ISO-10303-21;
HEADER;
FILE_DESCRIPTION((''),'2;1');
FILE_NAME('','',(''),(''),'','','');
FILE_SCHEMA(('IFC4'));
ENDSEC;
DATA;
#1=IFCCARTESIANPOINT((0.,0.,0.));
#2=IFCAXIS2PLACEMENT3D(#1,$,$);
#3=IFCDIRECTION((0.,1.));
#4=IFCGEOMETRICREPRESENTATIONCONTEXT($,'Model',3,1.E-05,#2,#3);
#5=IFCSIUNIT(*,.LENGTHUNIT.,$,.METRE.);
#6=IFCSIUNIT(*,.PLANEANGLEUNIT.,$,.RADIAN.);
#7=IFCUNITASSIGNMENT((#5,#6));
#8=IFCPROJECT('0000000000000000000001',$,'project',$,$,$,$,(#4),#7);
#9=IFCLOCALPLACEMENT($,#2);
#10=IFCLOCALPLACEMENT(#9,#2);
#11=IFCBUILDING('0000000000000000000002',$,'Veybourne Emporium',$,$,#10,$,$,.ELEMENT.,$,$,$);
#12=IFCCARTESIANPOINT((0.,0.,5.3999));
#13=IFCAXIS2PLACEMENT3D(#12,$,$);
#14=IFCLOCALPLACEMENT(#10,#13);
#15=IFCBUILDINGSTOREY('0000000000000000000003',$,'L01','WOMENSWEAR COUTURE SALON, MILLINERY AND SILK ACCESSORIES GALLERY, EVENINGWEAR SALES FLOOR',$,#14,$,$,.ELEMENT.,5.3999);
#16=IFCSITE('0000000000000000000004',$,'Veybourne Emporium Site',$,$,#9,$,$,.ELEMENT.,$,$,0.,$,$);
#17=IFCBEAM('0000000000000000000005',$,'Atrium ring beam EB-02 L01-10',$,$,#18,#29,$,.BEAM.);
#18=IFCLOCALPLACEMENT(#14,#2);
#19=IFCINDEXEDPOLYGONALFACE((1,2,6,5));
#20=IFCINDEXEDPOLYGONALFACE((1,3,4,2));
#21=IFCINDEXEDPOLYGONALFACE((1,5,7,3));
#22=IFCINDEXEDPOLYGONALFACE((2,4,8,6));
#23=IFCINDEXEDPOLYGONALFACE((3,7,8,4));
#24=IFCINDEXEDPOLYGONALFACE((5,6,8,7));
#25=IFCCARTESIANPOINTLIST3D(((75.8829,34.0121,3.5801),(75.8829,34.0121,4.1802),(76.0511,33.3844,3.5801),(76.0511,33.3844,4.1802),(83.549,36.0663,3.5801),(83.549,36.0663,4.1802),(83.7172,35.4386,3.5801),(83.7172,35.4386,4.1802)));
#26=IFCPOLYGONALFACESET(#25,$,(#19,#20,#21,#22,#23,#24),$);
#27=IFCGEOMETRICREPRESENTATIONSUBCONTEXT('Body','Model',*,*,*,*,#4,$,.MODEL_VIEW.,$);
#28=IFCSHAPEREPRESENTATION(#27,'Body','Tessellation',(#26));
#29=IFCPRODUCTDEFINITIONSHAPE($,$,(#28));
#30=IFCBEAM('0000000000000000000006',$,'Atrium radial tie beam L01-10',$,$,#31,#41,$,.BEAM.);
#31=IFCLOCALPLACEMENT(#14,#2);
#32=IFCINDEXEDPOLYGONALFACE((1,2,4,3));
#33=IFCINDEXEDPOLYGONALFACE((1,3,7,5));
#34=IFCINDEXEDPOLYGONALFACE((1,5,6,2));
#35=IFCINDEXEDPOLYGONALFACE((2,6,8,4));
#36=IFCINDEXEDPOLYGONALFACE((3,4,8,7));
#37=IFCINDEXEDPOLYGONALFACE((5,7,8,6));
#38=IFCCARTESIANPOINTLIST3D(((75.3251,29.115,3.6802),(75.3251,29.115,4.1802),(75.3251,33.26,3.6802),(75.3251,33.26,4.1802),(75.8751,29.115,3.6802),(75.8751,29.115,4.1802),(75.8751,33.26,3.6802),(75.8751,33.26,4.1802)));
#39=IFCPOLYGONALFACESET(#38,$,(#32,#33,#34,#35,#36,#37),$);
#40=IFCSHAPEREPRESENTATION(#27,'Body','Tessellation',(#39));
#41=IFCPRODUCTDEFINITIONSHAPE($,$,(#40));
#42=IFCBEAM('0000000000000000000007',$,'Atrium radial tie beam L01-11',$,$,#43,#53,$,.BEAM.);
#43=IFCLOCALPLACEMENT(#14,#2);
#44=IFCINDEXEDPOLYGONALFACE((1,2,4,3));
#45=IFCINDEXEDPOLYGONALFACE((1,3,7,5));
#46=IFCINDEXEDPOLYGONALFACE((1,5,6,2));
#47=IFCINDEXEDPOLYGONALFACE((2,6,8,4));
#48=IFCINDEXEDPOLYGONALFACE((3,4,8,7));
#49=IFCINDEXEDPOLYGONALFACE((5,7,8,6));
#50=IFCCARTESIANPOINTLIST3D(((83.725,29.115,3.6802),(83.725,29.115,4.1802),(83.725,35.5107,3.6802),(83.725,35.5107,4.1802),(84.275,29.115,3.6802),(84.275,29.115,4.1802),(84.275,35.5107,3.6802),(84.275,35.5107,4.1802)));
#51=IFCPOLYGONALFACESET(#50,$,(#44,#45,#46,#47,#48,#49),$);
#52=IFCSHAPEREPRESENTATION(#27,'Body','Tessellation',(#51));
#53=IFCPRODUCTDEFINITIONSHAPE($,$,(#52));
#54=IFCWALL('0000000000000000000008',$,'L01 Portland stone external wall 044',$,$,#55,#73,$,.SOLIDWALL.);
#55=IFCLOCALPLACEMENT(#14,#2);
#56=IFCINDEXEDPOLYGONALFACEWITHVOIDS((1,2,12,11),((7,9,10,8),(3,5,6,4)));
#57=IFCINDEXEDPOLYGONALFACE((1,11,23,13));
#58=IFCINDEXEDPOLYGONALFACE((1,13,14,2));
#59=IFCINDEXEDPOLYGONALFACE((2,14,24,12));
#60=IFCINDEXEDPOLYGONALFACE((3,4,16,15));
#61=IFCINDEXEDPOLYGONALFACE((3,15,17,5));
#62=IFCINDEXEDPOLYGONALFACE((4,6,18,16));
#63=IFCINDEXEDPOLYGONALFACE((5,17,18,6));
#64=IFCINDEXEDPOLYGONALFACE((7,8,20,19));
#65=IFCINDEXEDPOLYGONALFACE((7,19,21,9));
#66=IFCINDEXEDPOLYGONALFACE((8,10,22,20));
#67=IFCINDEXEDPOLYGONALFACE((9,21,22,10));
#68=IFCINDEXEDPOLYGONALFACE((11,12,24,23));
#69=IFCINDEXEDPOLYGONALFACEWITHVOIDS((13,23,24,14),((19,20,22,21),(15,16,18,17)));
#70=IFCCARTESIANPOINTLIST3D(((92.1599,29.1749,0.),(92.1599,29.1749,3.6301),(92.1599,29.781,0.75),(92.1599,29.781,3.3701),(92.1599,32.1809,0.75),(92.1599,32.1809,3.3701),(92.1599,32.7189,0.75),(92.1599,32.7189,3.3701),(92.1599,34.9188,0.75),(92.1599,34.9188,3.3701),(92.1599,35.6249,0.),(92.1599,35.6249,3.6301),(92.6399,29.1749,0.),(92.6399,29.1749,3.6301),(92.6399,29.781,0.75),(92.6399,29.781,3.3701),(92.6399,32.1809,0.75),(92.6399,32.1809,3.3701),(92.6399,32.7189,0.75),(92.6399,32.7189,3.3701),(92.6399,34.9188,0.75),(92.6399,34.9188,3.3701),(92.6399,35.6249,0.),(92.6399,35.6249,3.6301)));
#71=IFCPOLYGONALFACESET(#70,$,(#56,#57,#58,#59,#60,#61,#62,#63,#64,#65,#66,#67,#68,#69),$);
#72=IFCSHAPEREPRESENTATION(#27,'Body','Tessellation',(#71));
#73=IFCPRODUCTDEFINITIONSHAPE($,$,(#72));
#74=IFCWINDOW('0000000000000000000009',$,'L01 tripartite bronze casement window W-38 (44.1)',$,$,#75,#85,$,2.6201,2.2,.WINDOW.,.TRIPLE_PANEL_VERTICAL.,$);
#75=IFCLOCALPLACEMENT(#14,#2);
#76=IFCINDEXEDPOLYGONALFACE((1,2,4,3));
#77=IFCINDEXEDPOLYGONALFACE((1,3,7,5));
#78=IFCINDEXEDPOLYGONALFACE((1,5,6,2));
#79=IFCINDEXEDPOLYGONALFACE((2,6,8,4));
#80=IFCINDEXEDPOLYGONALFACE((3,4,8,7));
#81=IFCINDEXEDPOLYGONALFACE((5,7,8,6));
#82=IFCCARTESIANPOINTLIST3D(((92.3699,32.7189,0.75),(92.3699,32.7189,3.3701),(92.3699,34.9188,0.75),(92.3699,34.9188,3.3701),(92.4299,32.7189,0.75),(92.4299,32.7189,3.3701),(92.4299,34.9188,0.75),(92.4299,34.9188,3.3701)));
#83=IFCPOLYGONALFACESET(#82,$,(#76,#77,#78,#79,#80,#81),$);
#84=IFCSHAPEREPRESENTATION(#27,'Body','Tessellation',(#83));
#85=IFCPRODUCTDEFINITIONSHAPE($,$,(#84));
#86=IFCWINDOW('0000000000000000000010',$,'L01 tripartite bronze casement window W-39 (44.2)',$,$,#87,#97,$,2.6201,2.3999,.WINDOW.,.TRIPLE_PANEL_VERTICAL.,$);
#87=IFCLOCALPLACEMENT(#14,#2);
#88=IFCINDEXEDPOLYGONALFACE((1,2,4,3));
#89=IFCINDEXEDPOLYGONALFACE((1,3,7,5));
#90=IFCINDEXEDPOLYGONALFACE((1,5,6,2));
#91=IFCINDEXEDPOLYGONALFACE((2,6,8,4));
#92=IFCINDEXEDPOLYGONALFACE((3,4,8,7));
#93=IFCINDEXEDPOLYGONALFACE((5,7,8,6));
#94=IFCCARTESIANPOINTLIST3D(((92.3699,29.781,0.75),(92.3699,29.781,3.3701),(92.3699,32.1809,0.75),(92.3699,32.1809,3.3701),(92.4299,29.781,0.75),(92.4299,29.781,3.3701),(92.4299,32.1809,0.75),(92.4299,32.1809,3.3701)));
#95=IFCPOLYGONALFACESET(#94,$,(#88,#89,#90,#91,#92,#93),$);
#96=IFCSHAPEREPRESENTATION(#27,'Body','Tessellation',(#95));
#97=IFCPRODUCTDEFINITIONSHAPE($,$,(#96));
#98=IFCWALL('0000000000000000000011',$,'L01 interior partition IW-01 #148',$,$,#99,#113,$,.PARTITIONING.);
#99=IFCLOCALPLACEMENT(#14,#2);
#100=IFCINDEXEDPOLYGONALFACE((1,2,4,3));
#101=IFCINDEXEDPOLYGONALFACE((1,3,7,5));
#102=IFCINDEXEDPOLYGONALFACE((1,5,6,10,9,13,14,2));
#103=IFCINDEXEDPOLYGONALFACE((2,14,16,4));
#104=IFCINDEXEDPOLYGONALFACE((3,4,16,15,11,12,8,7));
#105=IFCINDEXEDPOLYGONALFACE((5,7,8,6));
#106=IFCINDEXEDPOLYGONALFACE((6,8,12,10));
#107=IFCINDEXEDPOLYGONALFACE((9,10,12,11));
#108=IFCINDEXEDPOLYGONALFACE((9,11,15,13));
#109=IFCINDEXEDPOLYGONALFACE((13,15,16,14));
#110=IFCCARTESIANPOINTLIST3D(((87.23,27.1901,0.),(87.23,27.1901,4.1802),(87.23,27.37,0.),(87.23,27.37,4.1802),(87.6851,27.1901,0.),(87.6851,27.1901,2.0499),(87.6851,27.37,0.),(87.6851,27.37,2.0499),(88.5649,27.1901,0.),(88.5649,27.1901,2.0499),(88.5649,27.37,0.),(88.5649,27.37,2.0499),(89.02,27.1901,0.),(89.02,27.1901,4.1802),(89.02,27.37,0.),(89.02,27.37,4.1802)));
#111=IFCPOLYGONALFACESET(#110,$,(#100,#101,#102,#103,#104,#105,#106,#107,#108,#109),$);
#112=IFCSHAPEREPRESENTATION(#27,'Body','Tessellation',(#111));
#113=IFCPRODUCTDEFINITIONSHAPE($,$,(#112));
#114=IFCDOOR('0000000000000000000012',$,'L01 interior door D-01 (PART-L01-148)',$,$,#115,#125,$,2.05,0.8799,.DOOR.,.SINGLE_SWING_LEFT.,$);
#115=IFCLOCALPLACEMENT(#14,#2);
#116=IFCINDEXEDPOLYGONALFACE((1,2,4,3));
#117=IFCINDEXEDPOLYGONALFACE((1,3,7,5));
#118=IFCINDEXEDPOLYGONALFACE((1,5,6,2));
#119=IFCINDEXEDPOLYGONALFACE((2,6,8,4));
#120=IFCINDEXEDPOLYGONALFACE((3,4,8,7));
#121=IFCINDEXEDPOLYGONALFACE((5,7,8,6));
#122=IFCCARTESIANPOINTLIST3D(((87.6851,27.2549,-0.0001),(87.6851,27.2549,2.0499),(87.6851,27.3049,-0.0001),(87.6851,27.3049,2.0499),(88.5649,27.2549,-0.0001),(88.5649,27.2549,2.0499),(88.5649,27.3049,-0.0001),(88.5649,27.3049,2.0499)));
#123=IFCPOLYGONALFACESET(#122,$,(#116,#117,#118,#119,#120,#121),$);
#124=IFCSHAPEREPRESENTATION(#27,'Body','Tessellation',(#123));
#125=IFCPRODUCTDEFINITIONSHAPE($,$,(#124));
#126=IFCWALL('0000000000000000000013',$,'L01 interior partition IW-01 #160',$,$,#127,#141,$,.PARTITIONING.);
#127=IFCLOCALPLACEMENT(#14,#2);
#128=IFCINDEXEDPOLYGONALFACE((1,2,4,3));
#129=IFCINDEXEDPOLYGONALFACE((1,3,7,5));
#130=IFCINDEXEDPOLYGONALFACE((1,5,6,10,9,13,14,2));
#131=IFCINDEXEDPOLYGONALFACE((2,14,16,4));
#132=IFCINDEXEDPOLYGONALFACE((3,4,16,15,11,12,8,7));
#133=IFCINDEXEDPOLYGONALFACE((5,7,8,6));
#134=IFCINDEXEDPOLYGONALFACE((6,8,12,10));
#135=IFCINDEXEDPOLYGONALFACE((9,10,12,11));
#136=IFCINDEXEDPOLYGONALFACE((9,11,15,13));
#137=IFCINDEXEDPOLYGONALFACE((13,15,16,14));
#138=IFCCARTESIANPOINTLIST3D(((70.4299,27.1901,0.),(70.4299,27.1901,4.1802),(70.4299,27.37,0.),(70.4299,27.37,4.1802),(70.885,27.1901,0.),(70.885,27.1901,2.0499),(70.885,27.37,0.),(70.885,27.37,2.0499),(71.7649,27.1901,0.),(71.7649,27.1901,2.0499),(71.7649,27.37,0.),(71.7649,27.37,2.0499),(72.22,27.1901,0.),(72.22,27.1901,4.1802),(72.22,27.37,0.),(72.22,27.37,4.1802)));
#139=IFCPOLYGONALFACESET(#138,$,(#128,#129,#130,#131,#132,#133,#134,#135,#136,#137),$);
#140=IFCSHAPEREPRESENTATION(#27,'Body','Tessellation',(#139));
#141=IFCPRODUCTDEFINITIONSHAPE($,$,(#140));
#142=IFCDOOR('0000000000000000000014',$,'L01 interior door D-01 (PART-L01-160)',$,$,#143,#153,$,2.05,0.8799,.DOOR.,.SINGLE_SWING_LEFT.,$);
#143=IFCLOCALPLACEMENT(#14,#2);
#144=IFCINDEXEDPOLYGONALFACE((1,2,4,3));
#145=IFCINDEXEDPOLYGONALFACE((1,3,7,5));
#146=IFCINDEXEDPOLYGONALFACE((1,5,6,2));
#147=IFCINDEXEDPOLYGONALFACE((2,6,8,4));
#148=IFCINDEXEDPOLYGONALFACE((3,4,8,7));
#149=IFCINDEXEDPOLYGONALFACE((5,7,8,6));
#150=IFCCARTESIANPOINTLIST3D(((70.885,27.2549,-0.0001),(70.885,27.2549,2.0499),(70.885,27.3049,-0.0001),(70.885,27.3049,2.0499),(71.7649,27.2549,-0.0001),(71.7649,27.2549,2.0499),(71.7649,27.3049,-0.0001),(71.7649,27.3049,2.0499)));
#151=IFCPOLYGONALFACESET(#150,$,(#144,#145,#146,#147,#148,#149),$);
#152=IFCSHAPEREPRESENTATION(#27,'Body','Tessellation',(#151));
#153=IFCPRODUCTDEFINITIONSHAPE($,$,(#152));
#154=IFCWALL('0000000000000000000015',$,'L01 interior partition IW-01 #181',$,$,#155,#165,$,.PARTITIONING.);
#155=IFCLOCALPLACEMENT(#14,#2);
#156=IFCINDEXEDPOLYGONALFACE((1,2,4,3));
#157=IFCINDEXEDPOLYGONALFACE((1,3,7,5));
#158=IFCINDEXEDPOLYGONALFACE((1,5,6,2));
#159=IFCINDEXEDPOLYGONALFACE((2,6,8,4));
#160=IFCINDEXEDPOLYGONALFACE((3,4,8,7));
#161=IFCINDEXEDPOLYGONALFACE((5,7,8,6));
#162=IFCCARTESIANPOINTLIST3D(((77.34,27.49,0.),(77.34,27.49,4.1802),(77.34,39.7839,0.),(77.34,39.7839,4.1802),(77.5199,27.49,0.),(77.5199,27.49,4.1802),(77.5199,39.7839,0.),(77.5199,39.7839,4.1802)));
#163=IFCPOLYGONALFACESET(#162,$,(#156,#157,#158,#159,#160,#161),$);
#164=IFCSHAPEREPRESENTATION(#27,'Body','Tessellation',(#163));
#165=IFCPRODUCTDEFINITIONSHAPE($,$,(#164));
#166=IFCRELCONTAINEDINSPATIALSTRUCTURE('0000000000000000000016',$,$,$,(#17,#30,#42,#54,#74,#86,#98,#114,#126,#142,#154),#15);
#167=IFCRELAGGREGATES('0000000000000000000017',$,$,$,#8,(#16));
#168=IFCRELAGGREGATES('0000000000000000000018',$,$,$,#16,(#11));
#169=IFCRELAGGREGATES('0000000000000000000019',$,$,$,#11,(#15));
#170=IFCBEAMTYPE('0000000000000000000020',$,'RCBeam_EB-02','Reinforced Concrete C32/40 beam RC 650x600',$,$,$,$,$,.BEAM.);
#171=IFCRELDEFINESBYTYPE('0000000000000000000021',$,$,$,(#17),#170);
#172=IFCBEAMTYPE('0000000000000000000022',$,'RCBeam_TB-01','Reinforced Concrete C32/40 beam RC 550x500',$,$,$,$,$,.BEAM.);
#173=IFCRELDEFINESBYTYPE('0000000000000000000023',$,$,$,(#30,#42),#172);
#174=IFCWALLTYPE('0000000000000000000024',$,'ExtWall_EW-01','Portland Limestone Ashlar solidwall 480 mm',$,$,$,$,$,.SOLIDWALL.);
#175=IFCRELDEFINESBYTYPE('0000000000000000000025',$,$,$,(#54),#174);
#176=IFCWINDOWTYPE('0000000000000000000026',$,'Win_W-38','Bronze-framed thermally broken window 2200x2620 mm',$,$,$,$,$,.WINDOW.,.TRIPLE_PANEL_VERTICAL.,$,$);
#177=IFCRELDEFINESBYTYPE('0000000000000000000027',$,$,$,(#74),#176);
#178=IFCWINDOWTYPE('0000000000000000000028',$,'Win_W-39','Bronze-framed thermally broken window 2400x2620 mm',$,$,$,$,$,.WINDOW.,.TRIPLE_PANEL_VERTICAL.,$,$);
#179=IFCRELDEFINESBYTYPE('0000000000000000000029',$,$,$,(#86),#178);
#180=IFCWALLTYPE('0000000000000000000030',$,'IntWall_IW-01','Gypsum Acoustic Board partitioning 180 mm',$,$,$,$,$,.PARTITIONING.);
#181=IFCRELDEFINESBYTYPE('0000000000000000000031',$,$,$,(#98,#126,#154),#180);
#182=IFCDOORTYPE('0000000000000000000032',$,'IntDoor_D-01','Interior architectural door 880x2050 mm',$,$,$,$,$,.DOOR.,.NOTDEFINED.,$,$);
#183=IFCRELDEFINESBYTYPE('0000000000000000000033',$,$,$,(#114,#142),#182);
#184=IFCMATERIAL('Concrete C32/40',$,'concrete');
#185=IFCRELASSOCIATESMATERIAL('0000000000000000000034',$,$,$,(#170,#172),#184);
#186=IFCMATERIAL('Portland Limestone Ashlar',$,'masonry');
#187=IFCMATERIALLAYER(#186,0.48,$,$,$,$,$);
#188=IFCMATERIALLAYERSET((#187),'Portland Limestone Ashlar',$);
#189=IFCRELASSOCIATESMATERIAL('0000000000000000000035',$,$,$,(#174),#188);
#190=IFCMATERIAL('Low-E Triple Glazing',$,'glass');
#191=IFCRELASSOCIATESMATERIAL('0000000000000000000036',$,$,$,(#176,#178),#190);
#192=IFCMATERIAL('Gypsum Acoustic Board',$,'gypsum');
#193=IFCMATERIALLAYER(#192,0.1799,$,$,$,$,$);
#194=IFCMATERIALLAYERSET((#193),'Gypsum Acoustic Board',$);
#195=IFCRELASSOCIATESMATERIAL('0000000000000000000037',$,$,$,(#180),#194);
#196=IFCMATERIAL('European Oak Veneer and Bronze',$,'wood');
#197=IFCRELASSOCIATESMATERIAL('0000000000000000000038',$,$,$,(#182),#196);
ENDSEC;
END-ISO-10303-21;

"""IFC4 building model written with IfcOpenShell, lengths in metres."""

from ifc_helpers import new_model, si_unit, direction, frame, frame_2d, origin, origin_2d, place, context, subcontext, project, spatial, rectangle, extrude, material, layer, layer_set, material_profile, profile_set, type_object, element, fill, save


model = new_model("IFC4")

# Units and contexts
model_context = context("Model", 3, precision=1e-05, world=origin(), true_north=direction((0.0, 1.0)))
body_context = subcontext(model_context, "Body", "Model", "MODEL_VIEW")
ifc_project = project(units=[si_unit("LENGTHUNIT", "METRE"), si_unit("PLANEANGLEUNIT", "RADIAN")], contexts=[model_context])

# Site, building, storey
site_placement = place(None, origin())
site = spatial("IfcSite", under=ifc_project, at=site_placement, Name="Veybourne Emporium Site", CompositionType="ELEMENT", RefElevation=0.0)
building_placement = place(site_placement, origin())
building = spatial("IfcBuilding", under=site, at=building_placement, Name="Veybourne Emporium", CompositionType="ELEMENT")
storey_placement = place(building_placement, frame((0.0, 0.0, 5.3999)))
storey = spatial("IfcBuildingStorey", under=building, at=storey_placement, Name="L01", Description="WOMENSWEAR COUTURE SALON, MILLINERY AND SILK ACCESSORIES GALLERY, EVENINGWEAR SALES FLOOR", CompositionType="ELEMENT", Elevation=5.3999)

# Beams
ifc_material_1 = material(Name="Concrete C32/40", Category="concrete")
ifc_material_profile_1 = material_profile(ifc_material_1, rectangle(XDim=0.6499, YDim=0.6001, at=origin_2d()), Name="RC 650x600")
ifc_profile_set_1 = profile_set([ifc_material_profile_1], Name="Concrete C32/40")
beam_type_1 = type_object("IfcBeamType", Name="RCBeam_EB-02", Description="Reinforced Concrete C32/40 beam RC 650x600", PredefinedType="BEAM", material=ifc_profile_set_1)
beam_1_placement = place(storey_placement, frame((75.967, 33.6982, 3.8801), z_axis=(0.965923, 0.25883, 0.0), x_axis=(-0.25883, 0.965923, 0.0)))
element("IfcBeam", 1, at=beam_1_placement, inside=storey, type_object=beam_type_1, Name="Atrium ring beam EB-02 L01-10", PredefinedType="BEAM", context=body_context, shape_type="SweptSolid", body=[
    extrude(rectangle(XDim=0.6499, YDim=0.6001, at=origin_2d()), origin(), (0.0, 0.0, 1.0), 7.9365),
])
ifc_material_profile_2 = material_profile(ifc_material_1, rectangle(XDim=0.55, YDim=0.5, at=origin_2d()), Name="RC 550x500")
ifc_profile_set_2 = profile_set([ifc_material_profile_2], Name="Concrete C32/40")
beam_type_2 = type_object("IfcBeamType", Name="RCBeam_TB-01", Description="Reinforced Concrete C32/40 beam RC 550x500", PredefinedType="BEAM", material=ifc_profile_set_2)
beam_2_placement = place(storey_placement, frame((75.6001, 33.26, 3.9302), z_axis=(0.0, -1.0, 0.0), x_axis=(1.0, 0.0, 0.0)))
element("IfcBeam", 2, at=beam_2_placement, inside=storey, type_object=beam_type_2, Name="Atrium radial tie beam L01-10", PredefinedType="BEAM", context=body_context, shape_type="SweptSolid", body=[
    extrude(rectangle(XDim=0.55, YDim=0.5, at=origin_2d()), origin(), (0.0, 0.0, 1.0), 4.145),
])
beam_3_placement = place(storey_placement, frame((84.0, 35.5107, 3.9302), z_axis=(0.0, -1.0, 0.0), x_axis=(1.0, 0.0, 0.0)))
element("IfcBeam", 3, at=beam_3_placement, inside=storey, type_object=beam_type_2, Name="Atrium radial tie beam L01-11", PredefinedType="BEAM", context=body_context, shape_type="SweptSolid", body=[
    extrude(rectangle(XDim=0.55, YDim=0.5, at=origin_2d()), origin(), (0.0, 0.0, 1.0), 6.3958),
])

# Wall, openings, windows
ifc_material_2 = material(Name="Portland Limestone Ashlar", Category="masonry")
ifc_layer_1 = layer(ifc_material_2, 0.48)
ifc_layer_set_1 = layer_set([ifc_layer_1], Name="Portland Limestone Ashlar")
wall_type_1 = type_object("IfcWallType", Name="ExtWall_EW-01", Description="Portland Limestone Ashlar solidwall 480 mm", PredefinedType="SOLIDWALL", material=ifc_layer_set_1)
wall_1_placement = place(storey_placement, frame((92.3999, 35.625, 0.0), z_axis=(0.0, 0.0, 1.0), x_axis=(0.0, -1.0, 0.0)))
wall_1 = element("IfcWall", 4, at=wall_1_placement, inside=storey, type_object=wall_type_1, Name="L01 Portland stone external wall 044", PredefinedType="SOLIDWALL", context=body_context, shape_type="SweptSolid", body=[
    extrude(rectangle(XDim=6.45, YDim=0.48, at=frame_2d((3.2251, 0.0))), origin(), (0.0, 0.0, 1.0), 3.6301),
])
opening_1_placement = place(wall_1_placement, frame((0.7061, 0.0, 0.75)))
opening_1 = element("IfcOpeningElement", 5, at=opening_1_placement, cuts=wall_1, PredefinedType="OPENING", context=body_context, shape_type="SweptSolid", body=[
    extrude(rectangle(XDim=2.2, YDim=2.6201, at=frame_2d((1.1001, 1.3101))), frame((0.0, 0.26, 0.0), z_axis=(0.0, -1.0, 0.0), x_axis=(1.0, 0.0, 0.0)), (0.0, 0.0, 1.0), 0.52),
])
opening_2_placement = place(wall_1_placement, frame((3.4441, 0.0, 0.75)))
opening_2 = element("IfcOpeningElement", 6, at=opening_2_placement, cuts=wall_1, PredefinedType="OPENING", context=body_context, shape_type="SweptSolid", body=[
    extrude(rectangle(XDim=2.3999, YDim=2.6201, at=frame_2d((1.2, 1.3101))), frame((0.0, 0.26, 0.0), z_axis=(0.0, -1.0, 0.0), x_axis=(1.0, 0.0, 0.0)), (0.0, 0.0, 1.0), 0.52),
])
ifc_material_3 = material(Name="Low-E Triple Glazing", Category="glass")
window_type_1 = type_object("IfcWindowType", Name="Win_W-38", Description="Bronze-framed thermally broken window 2200x2620 mm", PartitioningType="TRIPLE_PANEL_VERTICAL", PredefinedType="WINDOW", material=ifc_material_3)
window_1_placement = place(opening_1_placement, origin())
window_1 = element("IfcWindow", 7, at=window_1_placement, inside=storey, type_object=window_type_1, Name="L01 tripartite bronze casement window W-38 (44.1)", OverallHeight=2.6201, OverallWidth=2.2, PartitioningType="TRIPLE_PANEL_VERTICAL", PredefinedType="WINDOW", context=body_context, shape_type="SweptSolid", body=[
    extrude(rectangle(XDim=2.2, YDim=2.6201, at=frame_2d((1.1001, 1.3101))), frame((0.0, 0.03, 0.0), z_axis=(0.0, -1.0, 0.0), x_axis=(1.0, 0.0, 0.0)), (0.0, 0.0, 1.0), 0.0601),
])
fill(opening_1, window_1)
window_type_2 = type_object("IfcWindowType", Name="Win_W-39", Description="Bronze-framed thermally broken window 2400x2620 mm", PartitioningType="TRIPLE_PANEL_VERTICAL", PredefinedType="WINDOW", material=ifc_material_3)
window_2_placement = place(opening_2_placement, origin())
window_2 = element("IfcWindow", 8, at=window_2_placement, inside=storey, type_object=window_type_2, Name="L01 tripartite bronze casement window W-39 (44.2)", OverallHeight=2.6201, OverallWidth=2.3999, PartitioningType="TRIPLE_PANEL_VERTICAL", PredefinedType="WINDOW", context=body_context, shape_type="SweptSolid", body=[
    extrude(rectangle(XDim=2.3999, YDim=2.6201, at=frame_2d((1.2, 1.3101))), frame((0.0, 0.03, 0.0), z_axis=(0.0, -1.0, 0.0), x_axis=(1.0, 0.0, 0.0)), (0.0, 0.0, 1.0), 0.0601),
])
fill(opening_2, window_2)

# Walls, openings, doors
ifc_material_4 = material(Name="Gypsum Acoustic Board", Category="gypsum")
ifc_layer_2 = layer(ifc_material_4, 0.1799)
ifc_layer_set_2 = layer_set([ifc_layer_2], Name="Gypsum Acoustic Board")
wall_type_2 = type_object("IfcWallType", Name="IntWall_IW-01", Description="Gypsum Acoustic Board partitioning 180 mm", PredefinedType="PARTITIONING", material=ifc_layer_set_2)
wall_2_placement = place(storey_placement, frame((87.23, 27.28, 0.0), z_axis=(0.0, 0.0, 1.0), x_axis=(1.0, 0.0, 0.0)))
wall_2 = element("IfcWall", 9, at=wall_2_placement, inside=storey, type_object=wall_type_2, Name="L01 interior partition IW-01 #148", PredefinedType="PARTITIONING", context=body_context, shape_type="SweptSolid", body=[
    extrude(rectangle(XDim=1.79, YDim=0.1799, at=frame_2d((0.895, 0.0))), origin(), (0.0, 0.0, 1.0), 4.1802),
])
opening_3_placement = place(wall_2_placement, frame((0.4551, 0.0, 0.0)))
opening_3 = element("IfcOpeningElement", 10, at=opening_3_placement, cuts=wall_2, PredefinedType="OPENING", context=body_context, shape_type="SweptSolid", body=[
    extrude(rectangle(XDim=0.8799, YDim=2.05, at=frame_2d((0.4399, 1.0249))), frame((0.0, 0.1099, 0.0), z_axis=(0.0, -1.0, 0.0), x_axis=(1.0, 0.0, 0.0)), (0.0, 0.0, 1.0), 0.22),
])
ifc_material_5 = material(Name="European Oak Veneer and Bronze", Category="wood")
door_type_1 = type_object("IfcDoorType", Name="IntDoor_D-01", Description="Interior architectural door 880x2050 mm", OperationType="NOTDEFINED", PredefinedType="DOOR", material=ifc_material_5)
door_1_placement = place(opening_3_placement, origin())
door_1 = element("IfcDoor", 11, at=door_1_placement, inside=storey, type_object=door_type_1, Name="L01 interior door D-01 (PART-L01-148)", OperationType="SINGLE_SWING_LEFT", OverallHeight=2.05, OverallWidth=0.8799, PredefinedType="DOOR", context=body_context, shape_type="SweptSolid", body=[
    extrude(rectangle(XDim=0.8799, YDim=2.05, at=frame_2d((0.4399, 1.0249))), frame((0.0, 0.0249, 0.0), z_axis=(0.0, -1.0, 0.0), x_axis=(1.0, 0.0, 0.0)), (0.0, 0.0, 1.0), 0.05),
])
fill(opening_3, door_1)
wall_3_placement = place(storey_placement, frame((70.4299, 27.28, 0.0), z_axis=(0.0, 0.0, 1.0), x_axis=(1.0, 0.0, 0.0)))
wall_3 = element("IfcWall", 12, at=wall_3_placement, inside=storey, type_object=wall_type_2, Name="L01 interior partition IW-01 #160", PredefinedType="PARTITIONING", context=body_context, shape_type="SweptSolid", body=[
    extrude(rectangle(XDim=1.79, YDim=0.1799, at=frame_2d((0.895, 0.0))), origin(), (0.0, 0.0, 1.0), 4.1802),
])
opening_4_placement = place(wall_3_placement, frame((0.4551, 0.0, 0.0)))
opening_4 = element("IfcOpeningElement", 13, at=opening_4_placement, cuts=wall_3, PredefinedType="OPENING", context=body_context, shape_type="SweptSolid", body=[
    extrude(rectangle(XDim=0.8799, YDim=2.05, at=frame_2d((0.4399, 1.0249))), frame((0.0, 0.1099, 0.0), z_axis=(0.0, -1.0, 0.0), x_axis=(1.0, 0.0, 0.0)), (0.0, 0.0, 1.0), 0.22),
])
door_2_placement = place(opening_4_placement, origin())
door_2 = element("IfcDoor", 14, at=door_2_placement, inside=storey, type_object=door_type_1, Name="L01 interior door D-01 (PART-L01-160)", OperationType="SINGLE_SWING_LEFT", OverallHeight=2.05, OverallWidth=0.8799, PredefinedType="DOOR", context=body_context, shape_type="SweptSolid", body=[
    extrude(rectangle(XDim=0.8799, YDim=2.05, at=frame_2d((0.4399, 1.0249))), frame((0.0, 0.0249, 0.0), z_axis=(0.0, -1.0, 0.0), x_axis=(1.0, 0.0, 0.0)), (0.0, 0.0, 1.0), 0.05),
])
fill(opening_4, door_2)

# Wall
wall_4_placement = place(storey_placement, frame((77.4299, 27.49, 0.0), z_axis=(0.0, 0.0, 1.0), x_axis=(0.0, 1.0, 0.0)))
element("IfcWall", 15, at=wall_4_placement, inside=storey, type_object=wall_type_2, Name="L01 interior partition IW-01 #181", PredefinedType="PARTITIONING", context=body_context, shape_type="SweptSolid", body=[
    extrude(rectangle(XDim=12.2939, YDim=0.1799, at=frame_2d((6.147, 0.0))), origin(), (0.0, 0.0, 1.0), 4.1802),
])

save(model, "model.ifc")
